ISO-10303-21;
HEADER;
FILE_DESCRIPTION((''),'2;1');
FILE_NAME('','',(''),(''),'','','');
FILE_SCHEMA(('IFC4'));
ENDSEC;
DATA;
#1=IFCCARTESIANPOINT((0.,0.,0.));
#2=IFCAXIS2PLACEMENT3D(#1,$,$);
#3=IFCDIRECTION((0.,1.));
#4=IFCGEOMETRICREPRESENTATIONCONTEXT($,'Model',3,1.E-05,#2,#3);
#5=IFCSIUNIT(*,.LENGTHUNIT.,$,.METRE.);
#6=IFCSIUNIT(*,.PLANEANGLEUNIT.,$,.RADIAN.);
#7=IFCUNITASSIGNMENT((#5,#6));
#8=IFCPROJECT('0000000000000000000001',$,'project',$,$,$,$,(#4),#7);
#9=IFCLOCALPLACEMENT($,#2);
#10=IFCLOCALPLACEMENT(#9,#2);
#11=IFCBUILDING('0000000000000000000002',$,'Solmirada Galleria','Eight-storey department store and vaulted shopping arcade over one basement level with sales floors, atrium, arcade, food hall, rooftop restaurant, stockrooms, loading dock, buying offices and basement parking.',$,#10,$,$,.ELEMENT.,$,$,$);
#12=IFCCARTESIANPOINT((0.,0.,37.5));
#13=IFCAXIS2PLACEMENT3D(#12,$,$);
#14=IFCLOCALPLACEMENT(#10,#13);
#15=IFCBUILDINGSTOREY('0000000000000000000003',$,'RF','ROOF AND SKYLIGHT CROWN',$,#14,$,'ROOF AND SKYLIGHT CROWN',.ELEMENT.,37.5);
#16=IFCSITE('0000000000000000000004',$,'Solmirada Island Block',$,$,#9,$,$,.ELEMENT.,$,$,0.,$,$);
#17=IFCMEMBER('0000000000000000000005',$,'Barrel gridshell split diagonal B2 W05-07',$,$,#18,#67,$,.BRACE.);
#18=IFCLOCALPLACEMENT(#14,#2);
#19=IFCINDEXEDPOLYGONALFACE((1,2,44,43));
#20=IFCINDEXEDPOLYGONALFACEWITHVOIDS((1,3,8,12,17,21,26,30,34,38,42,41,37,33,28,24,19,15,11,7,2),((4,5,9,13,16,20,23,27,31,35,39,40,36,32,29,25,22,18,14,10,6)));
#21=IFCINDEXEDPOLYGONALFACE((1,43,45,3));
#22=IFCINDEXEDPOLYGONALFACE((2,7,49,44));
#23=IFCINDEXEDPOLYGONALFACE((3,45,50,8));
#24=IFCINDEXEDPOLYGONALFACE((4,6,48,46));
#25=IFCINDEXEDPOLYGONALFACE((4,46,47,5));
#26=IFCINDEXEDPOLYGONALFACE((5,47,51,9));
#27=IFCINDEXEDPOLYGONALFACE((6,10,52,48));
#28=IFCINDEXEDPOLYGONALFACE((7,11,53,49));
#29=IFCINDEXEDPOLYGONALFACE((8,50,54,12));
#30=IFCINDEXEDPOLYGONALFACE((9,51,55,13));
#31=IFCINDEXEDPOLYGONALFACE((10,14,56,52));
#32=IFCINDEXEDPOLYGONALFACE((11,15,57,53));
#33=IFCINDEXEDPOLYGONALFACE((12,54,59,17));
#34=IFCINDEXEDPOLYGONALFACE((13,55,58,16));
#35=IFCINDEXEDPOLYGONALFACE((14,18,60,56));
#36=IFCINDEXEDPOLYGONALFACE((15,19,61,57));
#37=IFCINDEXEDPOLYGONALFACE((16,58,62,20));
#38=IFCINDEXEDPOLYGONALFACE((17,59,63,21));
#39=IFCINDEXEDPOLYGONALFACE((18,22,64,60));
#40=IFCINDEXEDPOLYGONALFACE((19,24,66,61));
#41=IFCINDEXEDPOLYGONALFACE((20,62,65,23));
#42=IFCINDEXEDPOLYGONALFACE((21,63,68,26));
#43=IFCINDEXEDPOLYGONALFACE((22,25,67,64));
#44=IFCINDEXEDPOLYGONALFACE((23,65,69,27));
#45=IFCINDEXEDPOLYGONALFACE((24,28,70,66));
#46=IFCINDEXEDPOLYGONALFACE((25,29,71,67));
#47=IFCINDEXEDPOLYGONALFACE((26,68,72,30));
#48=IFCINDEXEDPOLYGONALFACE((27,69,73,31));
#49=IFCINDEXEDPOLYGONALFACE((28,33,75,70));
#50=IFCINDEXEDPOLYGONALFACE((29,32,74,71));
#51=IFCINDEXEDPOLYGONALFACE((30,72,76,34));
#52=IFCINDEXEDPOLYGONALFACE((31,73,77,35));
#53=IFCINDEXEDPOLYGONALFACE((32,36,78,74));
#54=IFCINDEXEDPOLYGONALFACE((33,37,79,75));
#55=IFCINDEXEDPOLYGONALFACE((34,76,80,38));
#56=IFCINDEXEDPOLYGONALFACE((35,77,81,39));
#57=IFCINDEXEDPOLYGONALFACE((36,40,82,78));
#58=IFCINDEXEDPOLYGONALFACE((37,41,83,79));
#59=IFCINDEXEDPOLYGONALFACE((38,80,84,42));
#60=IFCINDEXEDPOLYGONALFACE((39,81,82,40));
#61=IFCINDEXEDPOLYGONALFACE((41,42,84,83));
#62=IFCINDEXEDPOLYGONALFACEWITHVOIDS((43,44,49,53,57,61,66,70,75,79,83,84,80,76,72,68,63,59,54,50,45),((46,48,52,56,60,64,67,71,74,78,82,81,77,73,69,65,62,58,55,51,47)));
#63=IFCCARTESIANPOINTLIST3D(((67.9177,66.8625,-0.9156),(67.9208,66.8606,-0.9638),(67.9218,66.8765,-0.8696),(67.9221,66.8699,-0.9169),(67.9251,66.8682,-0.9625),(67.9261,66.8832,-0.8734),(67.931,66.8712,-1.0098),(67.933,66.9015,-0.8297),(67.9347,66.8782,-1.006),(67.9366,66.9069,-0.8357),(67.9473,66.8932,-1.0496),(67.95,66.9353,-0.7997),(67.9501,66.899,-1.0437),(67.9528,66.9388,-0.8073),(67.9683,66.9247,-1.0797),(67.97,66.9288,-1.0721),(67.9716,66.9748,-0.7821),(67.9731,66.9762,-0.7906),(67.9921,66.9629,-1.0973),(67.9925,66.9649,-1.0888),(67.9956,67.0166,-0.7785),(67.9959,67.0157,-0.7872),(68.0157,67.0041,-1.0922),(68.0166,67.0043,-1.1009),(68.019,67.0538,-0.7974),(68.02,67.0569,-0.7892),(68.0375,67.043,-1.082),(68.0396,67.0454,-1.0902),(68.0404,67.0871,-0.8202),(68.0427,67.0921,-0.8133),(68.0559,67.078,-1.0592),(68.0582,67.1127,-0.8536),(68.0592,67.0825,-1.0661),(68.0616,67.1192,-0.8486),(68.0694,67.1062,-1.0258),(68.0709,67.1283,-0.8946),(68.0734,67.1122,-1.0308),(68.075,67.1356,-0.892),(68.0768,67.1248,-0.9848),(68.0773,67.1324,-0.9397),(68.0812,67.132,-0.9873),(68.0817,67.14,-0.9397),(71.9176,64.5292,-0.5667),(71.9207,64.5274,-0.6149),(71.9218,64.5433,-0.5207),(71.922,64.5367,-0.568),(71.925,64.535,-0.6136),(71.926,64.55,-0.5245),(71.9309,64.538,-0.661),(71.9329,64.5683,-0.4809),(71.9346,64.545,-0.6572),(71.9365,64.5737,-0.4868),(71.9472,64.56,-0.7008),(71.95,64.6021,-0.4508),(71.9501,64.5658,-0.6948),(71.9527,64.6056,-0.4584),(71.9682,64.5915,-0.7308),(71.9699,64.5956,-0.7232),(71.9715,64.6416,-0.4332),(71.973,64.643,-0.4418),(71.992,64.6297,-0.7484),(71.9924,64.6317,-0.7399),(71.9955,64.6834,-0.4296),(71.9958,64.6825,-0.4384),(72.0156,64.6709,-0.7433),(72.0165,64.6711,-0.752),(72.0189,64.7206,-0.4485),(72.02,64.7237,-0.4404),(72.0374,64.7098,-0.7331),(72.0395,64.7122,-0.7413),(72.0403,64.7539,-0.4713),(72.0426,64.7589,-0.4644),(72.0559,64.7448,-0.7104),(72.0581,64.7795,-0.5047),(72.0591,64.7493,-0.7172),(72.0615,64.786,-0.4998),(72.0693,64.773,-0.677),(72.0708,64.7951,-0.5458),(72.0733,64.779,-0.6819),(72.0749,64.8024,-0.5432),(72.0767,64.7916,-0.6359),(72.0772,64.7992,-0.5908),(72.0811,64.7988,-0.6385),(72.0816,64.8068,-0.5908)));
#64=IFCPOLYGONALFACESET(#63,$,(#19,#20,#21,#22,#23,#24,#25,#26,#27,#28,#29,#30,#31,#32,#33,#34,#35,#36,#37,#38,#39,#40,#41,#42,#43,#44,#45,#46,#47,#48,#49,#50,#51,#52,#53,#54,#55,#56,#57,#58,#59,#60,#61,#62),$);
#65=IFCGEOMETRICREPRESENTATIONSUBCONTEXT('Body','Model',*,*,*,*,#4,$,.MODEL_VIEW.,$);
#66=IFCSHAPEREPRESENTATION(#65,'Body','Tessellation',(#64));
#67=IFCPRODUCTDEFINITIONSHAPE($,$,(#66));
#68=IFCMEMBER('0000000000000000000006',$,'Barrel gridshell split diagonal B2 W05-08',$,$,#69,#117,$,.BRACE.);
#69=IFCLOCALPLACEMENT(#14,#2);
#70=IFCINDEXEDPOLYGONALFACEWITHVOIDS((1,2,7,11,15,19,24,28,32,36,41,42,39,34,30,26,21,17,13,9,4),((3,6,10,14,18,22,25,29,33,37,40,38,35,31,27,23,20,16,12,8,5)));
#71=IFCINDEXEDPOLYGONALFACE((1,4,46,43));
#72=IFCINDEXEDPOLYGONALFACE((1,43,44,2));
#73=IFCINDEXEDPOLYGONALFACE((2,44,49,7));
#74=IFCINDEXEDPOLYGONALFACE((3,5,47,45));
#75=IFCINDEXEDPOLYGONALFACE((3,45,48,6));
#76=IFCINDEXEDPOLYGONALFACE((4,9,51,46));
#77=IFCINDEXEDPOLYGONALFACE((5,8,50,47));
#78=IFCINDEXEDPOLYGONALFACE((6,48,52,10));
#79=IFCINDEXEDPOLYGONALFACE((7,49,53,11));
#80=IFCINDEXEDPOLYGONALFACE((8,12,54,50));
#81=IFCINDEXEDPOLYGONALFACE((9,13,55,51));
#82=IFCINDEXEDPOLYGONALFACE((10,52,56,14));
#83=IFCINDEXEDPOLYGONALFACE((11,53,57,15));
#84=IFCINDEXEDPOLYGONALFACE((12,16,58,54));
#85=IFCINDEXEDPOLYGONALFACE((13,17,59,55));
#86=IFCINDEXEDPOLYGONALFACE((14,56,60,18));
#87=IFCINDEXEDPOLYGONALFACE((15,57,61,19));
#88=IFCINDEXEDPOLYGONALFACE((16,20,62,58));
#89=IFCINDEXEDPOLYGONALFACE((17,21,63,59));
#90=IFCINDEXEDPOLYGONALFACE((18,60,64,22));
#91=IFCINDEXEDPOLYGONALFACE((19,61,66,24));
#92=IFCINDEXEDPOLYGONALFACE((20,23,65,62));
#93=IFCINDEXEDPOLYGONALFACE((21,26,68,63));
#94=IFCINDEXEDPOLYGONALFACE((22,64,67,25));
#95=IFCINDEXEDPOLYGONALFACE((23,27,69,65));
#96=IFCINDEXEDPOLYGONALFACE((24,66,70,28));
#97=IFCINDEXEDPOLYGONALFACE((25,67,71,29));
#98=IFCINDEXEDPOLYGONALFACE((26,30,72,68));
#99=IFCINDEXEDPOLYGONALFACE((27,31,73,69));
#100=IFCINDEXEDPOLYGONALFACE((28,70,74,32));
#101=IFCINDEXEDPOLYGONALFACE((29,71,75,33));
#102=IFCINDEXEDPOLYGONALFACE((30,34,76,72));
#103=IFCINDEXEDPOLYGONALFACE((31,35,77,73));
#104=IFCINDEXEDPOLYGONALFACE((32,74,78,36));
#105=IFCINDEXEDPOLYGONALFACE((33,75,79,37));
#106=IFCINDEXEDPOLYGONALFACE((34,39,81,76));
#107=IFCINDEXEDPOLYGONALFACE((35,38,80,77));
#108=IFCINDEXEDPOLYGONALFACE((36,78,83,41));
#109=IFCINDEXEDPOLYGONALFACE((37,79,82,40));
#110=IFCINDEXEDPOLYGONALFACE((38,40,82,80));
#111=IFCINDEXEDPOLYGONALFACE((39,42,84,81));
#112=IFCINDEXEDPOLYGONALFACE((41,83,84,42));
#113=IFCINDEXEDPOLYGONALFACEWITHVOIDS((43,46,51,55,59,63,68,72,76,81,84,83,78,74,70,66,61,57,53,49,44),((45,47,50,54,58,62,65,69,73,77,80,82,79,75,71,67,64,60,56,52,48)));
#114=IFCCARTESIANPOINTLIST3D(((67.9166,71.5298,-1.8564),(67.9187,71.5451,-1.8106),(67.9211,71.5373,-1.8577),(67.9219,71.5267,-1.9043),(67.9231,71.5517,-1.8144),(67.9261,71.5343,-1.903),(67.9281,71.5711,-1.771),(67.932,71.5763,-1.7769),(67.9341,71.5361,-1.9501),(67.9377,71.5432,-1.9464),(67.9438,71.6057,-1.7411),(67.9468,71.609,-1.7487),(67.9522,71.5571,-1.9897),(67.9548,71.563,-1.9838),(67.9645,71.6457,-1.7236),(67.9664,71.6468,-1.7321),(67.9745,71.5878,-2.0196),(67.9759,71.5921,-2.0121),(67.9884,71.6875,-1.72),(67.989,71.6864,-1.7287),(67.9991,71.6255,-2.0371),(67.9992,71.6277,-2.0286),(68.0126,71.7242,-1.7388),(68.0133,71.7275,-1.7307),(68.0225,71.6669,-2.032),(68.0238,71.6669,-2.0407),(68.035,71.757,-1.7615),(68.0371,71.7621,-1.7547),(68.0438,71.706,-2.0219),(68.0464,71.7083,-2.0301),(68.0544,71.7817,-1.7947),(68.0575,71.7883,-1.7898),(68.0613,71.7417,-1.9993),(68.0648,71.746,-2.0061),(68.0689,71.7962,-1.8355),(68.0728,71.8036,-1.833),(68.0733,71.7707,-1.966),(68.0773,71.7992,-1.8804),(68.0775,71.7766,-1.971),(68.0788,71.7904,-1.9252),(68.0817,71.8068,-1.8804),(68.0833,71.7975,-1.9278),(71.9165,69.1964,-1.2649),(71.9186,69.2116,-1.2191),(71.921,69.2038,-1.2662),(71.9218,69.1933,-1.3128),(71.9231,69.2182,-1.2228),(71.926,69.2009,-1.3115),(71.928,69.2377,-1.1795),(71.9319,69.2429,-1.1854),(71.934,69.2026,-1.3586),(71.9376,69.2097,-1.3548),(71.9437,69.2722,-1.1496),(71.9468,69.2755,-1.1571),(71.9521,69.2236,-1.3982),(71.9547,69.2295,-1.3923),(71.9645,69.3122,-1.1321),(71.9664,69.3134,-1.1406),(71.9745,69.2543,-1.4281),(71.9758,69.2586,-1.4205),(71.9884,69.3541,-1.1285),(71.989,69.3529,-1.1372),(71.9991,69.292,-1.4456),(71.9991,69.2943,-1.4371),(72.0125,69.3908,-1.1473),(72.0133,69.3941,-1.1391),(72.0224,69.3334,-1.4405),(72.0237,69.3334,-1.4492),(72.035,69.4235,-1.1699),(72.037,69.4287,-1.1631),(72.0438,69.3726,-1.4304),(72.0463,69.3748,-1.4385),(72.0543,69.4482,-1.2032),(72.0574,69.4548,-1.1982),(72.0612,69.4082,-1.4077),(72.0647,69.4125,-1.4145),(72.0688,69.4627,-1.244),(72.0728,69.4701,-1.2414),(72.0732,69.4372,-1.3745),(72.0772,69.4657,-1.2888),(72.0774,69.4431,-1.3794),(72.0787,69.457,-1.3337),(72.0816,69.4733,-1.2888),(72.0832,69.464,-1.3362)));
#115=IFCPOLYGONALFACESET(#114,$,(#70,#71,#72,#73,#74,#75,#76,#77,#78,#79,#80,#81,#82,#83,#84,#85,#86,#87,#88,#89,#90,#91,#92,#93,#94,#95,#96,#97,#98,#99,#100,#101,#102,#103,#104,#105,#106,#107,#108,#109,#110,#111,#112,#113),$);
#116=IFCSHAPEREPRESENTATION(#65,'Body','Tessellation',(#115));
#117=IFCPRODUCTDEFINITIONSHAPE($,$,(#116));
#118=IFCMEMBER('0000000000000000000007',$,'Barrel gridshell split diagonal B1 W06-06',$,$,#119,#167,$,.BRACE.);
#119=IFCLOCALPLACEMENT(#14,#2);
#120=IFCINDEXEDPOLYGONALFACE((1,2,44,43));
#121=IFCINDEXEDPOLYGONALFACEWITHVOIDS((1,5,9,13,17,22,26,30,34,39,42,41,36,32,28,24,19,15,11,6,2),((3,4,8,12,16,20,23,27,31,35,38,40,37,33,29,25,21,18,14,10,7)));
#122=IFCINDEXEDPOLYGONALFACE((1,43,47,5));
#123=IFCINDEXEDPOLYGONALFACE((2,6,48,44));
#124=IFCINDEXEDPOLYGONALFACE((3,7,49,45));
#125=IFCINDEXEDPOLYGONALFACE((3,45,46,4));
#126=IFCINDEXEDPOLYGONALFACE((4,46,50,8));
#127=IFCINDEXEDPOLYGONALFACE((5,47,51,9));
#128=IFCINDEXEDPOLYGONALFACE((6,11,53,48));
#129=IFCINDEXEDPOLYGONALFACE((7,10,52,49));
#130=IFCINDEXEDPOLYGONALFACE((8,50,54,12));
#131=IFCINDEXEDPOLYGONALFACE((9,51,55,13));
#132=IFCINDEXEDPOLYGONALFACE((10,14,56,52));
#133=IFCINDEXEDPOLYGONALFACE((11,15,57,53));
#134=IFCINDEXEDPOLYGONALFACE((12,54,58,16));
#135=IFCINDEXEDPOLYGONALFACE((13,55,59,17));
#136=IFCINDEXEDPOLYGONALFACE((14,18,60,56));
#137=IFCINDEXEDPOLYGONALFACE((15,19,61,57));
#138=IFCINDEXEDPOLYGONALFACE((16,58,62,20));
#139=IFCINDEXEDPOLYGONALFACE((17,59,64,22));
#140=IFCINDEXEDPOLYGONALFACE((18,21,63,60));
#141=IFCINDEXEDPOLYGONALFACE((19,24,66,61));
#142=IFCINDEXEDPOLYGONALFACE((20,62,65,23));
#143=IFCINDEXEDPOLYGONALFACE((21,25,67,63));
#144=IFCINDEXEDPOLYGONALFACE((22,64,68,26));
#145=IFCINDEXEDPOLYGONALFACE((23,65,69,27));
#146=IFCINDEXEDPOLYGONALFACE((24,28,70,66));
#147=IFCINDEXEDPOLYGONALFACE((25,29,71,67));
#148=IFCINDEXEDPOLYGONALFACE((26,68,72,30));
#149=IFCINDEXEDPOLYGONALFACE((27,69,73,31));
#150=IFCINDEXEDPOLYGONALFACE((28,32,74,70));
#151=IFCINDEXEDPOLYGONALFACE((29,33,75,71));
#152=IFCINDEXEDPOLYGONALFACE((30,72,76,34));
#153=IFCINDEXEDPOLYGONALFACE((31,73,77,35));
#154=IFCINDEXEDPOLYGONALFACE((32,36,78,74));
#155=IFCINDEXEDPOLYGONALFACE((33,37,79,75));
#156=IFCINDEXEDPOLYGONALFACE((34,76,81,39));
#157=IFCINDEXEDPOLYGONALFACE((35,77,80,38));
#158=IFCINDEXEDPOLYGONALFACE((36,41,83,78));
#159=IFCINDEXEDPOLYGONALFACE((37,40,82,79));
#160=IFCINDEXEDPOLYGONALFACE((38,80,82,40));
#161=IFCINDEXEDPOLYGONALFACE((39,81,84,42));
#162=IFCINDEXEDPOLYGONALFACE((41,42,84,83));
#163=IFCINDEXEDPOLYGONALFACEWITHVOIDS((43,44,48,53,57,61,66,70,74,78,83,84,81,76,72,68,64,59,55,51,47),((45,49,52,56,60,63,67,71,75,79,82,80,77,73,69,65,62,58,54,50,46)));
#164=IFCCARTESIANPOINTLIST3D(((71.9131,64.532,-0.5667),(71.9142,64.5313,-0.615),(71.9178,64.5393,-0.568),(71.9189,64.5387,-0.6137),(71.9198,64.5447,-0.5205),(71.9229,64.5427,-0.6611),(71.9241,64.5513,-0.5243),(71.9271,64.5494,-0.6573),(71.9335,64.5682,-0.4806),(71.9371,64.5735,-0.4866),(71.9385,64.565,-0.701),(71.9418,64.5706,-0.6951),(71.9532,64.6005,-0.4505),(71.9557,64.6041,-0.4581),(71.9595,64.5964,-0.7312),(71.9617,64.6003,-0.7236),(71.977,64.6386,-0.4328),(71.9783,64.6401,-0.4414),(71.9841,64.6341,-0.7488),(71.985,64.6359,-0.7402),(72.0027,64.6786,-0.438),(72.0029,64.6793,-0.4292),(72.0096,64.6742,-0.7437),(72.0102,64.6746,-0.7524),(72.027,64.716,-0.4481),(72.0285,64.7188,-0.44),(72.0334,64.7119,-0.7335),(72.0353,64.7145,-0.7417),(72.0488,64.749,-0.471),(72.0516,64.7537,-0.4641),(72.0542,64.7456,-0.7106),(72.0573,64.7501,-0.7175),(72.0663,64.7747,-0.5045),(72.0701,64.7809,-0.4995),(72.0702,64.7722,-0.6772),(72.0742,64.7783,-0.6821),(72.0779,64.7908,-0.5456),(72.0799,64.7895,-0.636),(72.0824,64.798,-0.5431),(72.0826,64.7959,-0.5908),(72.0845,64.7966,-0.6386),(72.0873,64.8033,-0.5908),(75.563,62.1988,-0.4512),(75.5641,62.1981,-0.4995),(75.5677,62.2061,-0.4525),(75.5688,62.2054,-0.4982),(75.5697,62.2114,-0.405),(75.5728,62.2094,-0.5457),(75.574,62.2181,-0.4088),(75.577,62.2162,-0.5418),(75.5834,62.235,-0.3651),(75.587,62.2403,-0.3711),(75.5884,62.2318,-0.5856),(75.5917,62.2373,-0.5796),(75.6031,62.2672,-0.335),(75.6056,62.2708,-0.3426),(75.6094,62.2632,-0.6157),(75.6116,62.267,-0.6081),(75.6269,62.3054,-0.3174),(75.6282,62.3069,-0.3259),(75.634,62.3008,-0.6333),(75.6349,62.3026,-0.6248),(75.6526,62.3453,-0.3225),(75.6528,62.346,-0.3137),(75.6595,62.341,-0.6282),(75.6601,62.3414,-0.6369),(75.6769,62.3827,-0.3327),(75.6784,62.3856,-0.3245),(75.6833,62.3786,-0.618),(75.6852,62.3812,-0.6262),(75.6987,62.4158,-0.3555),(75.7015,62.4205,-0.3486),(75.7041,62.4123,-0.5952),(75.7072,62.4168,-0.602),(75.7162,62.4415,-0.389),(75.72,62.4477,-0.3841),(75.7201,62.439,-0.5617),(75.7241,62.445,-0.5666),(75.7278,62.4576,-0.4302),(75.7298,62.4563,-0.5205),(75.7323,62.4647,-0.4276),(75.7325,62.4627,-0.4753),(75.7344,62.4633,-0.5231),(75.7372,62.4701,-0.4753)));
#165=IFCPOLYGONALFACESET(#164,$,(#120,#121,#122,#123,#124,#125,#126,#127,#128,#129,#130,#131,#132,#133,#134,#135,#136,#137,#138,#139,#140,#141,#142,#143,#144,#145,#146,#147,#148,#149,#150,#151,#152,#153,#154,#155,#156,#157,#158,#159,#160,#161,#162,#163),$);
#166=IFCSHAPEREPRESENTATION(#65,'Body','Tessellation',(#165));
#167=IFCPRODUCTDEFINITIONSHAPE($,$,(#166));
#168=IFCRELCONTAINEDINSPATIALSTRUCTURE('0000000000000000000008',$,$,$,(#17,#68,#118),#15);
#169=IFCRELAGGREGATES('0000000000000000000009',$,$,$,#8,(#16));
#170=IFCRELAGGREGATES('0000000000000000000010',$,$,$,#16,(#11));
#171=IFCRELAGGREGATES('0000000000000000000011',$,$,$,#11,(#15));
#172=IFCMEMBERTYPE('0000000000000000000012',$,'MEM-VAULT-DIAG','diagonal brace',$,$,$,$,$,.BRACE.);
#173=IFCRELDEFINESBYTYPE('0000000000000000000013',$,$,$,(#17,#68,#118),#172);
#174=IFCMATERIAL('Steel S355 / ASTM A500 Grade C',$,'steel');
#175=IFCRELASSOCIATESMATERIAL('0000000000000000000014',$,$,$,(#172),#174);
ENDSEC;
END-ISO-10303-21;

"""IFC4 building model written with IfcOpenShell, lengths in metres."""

from ifc_helpers import new_model, si_unit, direction, frame, origin, origin_2d, place, context, subcontext, project, spatial, hollow_circle, extrude, material, material_profile, profile_set, type_object, element, save


model = new_model("IFC4")

# Units and contexts
model_context = context("Model", 3, precision=1e-05, world=origin(), true_north=direction((0.0, 1.0)))
body_context = subcontext(model_context, "Body", "Model", "MODEL_VIEW")
ifc_project = project(units=[si_unit("LENGTHUNIT", "METRE"), si_unit("PLANEANGLEUNIT", "RADIAN")], contexts=[model_context])

# Site, building, storey
site_placement = place(None, origin())
site = spatial("IfcSite", under=ifc_project, at=site_placement, Name="Solmirada Island Block", CompositionType="ELEMENT", RefElevation=0.0)
building_placement = place(site_placement, origin())
building = spatial("IfcBuilding", under=site, at=building_placement, Name="Solmirada Galleria", Description="Eight-storey department store and vaulted shopping arcade over one basement level with sales floors, atrium, arcade, food hall, rooftop restaurant, stockrooms, loading dock, buying offices and basement parking.", CompositionType="ELEMENT")
storey_placement = place(building_placement, frame((0.0, 0.0, 37.5)))
storey = spatial("IfcBuildingStorey", under=building, at=storey_placement, Name="RF", Description="ROOF AND SKYLIGHT CROWN", LongName="ROOF AND SKYLIGHT CROWN", CompositionType="ELEMENT", Elevation=37.5)

# Members
ifc_material_1 = material(Name="Steel S355 / ASTM A500 Grade C", Category="steel")
ifc_material_profile_1 = material_profile(ifc_material_1, hollow_circle(Radius=0.1621, WallThickness=0.0088, at=origin_2d()), Name="HSS12.750X0.375")
ifc_profile_set_1 = profile_set([ifc_material_profile_1], Name="Steel S355 / ASTM A500 Grade C")
member_type_1 = type_object("IfcMemberType", Name="MEM-VAULT-DIAG", Description="diagonal brace", PredefinedType="BRACE", material=ifc_profile_set_1)
member_1_placement = place(storey_placement, frame((68.0, 67.0, -0.9397), z_axis=(0.861346, -0.502434, 0.075126), x_axis=(0.503858, 0.863787, 0.0)))
element("IfcMember", 1, at=member_1_placement, inside=storey, type_object=member_type_1, Name="Barrel gridshell split diagonal B2 W05-07", PredefinedType="BRACE", context=body_context, shape_type="SweptSolid", body=[
    extrude(hollow_circle(Radius=0.1621, WallThickness=0.0088, at=origin_2d()), origin(), (0.0, 0.0, 1.0), 4.6438),
])
member_2_placement = place(storey_placement, frame((68.0, 71.6667, -1.8804), z_axis=(0.856801, -0.499836, 0.126711), x_axis=(0.503897, 0.863764, 0.0)))
element("IfcMember", 2, at=member_2_placement, inside=storey, type_object=member_type_1, Name="Barrel gridshell split diagonal B2 W05-08", PredefinedType="BRACE", context=body_context, shape_type="SweptSolid", body=[
    extrude(hollow_circle(Radius=0.1621, WallThickness=0.0088, at=origin_2d()), origin(), (0.0, 0.0, 1.0), 4.6685),
])
member_3_placement = place(storey_placement, frame((72.0, 64.6667, -0.5908), z_axis=(0.842254, -0.538423, 0.026648), x_axis=(0.538614, 0.842553, 0.0)))
element("IfcMember", 3, at=member_3_placement, inside=storey, type_object=member_type_1, Name="Barrel gridshell split diagonal B1 W06-06", PredefinedType="BRACE", context=body_context, shape_type="SweptSolid", body=[
    extrude(hollow_circle(Radius=0.1621, WallThickness=0.0088, at=origin_2d()), origin(), (0.0, 0.0, 1.0), 4.3335),
])

save(model, "model.ifc")
